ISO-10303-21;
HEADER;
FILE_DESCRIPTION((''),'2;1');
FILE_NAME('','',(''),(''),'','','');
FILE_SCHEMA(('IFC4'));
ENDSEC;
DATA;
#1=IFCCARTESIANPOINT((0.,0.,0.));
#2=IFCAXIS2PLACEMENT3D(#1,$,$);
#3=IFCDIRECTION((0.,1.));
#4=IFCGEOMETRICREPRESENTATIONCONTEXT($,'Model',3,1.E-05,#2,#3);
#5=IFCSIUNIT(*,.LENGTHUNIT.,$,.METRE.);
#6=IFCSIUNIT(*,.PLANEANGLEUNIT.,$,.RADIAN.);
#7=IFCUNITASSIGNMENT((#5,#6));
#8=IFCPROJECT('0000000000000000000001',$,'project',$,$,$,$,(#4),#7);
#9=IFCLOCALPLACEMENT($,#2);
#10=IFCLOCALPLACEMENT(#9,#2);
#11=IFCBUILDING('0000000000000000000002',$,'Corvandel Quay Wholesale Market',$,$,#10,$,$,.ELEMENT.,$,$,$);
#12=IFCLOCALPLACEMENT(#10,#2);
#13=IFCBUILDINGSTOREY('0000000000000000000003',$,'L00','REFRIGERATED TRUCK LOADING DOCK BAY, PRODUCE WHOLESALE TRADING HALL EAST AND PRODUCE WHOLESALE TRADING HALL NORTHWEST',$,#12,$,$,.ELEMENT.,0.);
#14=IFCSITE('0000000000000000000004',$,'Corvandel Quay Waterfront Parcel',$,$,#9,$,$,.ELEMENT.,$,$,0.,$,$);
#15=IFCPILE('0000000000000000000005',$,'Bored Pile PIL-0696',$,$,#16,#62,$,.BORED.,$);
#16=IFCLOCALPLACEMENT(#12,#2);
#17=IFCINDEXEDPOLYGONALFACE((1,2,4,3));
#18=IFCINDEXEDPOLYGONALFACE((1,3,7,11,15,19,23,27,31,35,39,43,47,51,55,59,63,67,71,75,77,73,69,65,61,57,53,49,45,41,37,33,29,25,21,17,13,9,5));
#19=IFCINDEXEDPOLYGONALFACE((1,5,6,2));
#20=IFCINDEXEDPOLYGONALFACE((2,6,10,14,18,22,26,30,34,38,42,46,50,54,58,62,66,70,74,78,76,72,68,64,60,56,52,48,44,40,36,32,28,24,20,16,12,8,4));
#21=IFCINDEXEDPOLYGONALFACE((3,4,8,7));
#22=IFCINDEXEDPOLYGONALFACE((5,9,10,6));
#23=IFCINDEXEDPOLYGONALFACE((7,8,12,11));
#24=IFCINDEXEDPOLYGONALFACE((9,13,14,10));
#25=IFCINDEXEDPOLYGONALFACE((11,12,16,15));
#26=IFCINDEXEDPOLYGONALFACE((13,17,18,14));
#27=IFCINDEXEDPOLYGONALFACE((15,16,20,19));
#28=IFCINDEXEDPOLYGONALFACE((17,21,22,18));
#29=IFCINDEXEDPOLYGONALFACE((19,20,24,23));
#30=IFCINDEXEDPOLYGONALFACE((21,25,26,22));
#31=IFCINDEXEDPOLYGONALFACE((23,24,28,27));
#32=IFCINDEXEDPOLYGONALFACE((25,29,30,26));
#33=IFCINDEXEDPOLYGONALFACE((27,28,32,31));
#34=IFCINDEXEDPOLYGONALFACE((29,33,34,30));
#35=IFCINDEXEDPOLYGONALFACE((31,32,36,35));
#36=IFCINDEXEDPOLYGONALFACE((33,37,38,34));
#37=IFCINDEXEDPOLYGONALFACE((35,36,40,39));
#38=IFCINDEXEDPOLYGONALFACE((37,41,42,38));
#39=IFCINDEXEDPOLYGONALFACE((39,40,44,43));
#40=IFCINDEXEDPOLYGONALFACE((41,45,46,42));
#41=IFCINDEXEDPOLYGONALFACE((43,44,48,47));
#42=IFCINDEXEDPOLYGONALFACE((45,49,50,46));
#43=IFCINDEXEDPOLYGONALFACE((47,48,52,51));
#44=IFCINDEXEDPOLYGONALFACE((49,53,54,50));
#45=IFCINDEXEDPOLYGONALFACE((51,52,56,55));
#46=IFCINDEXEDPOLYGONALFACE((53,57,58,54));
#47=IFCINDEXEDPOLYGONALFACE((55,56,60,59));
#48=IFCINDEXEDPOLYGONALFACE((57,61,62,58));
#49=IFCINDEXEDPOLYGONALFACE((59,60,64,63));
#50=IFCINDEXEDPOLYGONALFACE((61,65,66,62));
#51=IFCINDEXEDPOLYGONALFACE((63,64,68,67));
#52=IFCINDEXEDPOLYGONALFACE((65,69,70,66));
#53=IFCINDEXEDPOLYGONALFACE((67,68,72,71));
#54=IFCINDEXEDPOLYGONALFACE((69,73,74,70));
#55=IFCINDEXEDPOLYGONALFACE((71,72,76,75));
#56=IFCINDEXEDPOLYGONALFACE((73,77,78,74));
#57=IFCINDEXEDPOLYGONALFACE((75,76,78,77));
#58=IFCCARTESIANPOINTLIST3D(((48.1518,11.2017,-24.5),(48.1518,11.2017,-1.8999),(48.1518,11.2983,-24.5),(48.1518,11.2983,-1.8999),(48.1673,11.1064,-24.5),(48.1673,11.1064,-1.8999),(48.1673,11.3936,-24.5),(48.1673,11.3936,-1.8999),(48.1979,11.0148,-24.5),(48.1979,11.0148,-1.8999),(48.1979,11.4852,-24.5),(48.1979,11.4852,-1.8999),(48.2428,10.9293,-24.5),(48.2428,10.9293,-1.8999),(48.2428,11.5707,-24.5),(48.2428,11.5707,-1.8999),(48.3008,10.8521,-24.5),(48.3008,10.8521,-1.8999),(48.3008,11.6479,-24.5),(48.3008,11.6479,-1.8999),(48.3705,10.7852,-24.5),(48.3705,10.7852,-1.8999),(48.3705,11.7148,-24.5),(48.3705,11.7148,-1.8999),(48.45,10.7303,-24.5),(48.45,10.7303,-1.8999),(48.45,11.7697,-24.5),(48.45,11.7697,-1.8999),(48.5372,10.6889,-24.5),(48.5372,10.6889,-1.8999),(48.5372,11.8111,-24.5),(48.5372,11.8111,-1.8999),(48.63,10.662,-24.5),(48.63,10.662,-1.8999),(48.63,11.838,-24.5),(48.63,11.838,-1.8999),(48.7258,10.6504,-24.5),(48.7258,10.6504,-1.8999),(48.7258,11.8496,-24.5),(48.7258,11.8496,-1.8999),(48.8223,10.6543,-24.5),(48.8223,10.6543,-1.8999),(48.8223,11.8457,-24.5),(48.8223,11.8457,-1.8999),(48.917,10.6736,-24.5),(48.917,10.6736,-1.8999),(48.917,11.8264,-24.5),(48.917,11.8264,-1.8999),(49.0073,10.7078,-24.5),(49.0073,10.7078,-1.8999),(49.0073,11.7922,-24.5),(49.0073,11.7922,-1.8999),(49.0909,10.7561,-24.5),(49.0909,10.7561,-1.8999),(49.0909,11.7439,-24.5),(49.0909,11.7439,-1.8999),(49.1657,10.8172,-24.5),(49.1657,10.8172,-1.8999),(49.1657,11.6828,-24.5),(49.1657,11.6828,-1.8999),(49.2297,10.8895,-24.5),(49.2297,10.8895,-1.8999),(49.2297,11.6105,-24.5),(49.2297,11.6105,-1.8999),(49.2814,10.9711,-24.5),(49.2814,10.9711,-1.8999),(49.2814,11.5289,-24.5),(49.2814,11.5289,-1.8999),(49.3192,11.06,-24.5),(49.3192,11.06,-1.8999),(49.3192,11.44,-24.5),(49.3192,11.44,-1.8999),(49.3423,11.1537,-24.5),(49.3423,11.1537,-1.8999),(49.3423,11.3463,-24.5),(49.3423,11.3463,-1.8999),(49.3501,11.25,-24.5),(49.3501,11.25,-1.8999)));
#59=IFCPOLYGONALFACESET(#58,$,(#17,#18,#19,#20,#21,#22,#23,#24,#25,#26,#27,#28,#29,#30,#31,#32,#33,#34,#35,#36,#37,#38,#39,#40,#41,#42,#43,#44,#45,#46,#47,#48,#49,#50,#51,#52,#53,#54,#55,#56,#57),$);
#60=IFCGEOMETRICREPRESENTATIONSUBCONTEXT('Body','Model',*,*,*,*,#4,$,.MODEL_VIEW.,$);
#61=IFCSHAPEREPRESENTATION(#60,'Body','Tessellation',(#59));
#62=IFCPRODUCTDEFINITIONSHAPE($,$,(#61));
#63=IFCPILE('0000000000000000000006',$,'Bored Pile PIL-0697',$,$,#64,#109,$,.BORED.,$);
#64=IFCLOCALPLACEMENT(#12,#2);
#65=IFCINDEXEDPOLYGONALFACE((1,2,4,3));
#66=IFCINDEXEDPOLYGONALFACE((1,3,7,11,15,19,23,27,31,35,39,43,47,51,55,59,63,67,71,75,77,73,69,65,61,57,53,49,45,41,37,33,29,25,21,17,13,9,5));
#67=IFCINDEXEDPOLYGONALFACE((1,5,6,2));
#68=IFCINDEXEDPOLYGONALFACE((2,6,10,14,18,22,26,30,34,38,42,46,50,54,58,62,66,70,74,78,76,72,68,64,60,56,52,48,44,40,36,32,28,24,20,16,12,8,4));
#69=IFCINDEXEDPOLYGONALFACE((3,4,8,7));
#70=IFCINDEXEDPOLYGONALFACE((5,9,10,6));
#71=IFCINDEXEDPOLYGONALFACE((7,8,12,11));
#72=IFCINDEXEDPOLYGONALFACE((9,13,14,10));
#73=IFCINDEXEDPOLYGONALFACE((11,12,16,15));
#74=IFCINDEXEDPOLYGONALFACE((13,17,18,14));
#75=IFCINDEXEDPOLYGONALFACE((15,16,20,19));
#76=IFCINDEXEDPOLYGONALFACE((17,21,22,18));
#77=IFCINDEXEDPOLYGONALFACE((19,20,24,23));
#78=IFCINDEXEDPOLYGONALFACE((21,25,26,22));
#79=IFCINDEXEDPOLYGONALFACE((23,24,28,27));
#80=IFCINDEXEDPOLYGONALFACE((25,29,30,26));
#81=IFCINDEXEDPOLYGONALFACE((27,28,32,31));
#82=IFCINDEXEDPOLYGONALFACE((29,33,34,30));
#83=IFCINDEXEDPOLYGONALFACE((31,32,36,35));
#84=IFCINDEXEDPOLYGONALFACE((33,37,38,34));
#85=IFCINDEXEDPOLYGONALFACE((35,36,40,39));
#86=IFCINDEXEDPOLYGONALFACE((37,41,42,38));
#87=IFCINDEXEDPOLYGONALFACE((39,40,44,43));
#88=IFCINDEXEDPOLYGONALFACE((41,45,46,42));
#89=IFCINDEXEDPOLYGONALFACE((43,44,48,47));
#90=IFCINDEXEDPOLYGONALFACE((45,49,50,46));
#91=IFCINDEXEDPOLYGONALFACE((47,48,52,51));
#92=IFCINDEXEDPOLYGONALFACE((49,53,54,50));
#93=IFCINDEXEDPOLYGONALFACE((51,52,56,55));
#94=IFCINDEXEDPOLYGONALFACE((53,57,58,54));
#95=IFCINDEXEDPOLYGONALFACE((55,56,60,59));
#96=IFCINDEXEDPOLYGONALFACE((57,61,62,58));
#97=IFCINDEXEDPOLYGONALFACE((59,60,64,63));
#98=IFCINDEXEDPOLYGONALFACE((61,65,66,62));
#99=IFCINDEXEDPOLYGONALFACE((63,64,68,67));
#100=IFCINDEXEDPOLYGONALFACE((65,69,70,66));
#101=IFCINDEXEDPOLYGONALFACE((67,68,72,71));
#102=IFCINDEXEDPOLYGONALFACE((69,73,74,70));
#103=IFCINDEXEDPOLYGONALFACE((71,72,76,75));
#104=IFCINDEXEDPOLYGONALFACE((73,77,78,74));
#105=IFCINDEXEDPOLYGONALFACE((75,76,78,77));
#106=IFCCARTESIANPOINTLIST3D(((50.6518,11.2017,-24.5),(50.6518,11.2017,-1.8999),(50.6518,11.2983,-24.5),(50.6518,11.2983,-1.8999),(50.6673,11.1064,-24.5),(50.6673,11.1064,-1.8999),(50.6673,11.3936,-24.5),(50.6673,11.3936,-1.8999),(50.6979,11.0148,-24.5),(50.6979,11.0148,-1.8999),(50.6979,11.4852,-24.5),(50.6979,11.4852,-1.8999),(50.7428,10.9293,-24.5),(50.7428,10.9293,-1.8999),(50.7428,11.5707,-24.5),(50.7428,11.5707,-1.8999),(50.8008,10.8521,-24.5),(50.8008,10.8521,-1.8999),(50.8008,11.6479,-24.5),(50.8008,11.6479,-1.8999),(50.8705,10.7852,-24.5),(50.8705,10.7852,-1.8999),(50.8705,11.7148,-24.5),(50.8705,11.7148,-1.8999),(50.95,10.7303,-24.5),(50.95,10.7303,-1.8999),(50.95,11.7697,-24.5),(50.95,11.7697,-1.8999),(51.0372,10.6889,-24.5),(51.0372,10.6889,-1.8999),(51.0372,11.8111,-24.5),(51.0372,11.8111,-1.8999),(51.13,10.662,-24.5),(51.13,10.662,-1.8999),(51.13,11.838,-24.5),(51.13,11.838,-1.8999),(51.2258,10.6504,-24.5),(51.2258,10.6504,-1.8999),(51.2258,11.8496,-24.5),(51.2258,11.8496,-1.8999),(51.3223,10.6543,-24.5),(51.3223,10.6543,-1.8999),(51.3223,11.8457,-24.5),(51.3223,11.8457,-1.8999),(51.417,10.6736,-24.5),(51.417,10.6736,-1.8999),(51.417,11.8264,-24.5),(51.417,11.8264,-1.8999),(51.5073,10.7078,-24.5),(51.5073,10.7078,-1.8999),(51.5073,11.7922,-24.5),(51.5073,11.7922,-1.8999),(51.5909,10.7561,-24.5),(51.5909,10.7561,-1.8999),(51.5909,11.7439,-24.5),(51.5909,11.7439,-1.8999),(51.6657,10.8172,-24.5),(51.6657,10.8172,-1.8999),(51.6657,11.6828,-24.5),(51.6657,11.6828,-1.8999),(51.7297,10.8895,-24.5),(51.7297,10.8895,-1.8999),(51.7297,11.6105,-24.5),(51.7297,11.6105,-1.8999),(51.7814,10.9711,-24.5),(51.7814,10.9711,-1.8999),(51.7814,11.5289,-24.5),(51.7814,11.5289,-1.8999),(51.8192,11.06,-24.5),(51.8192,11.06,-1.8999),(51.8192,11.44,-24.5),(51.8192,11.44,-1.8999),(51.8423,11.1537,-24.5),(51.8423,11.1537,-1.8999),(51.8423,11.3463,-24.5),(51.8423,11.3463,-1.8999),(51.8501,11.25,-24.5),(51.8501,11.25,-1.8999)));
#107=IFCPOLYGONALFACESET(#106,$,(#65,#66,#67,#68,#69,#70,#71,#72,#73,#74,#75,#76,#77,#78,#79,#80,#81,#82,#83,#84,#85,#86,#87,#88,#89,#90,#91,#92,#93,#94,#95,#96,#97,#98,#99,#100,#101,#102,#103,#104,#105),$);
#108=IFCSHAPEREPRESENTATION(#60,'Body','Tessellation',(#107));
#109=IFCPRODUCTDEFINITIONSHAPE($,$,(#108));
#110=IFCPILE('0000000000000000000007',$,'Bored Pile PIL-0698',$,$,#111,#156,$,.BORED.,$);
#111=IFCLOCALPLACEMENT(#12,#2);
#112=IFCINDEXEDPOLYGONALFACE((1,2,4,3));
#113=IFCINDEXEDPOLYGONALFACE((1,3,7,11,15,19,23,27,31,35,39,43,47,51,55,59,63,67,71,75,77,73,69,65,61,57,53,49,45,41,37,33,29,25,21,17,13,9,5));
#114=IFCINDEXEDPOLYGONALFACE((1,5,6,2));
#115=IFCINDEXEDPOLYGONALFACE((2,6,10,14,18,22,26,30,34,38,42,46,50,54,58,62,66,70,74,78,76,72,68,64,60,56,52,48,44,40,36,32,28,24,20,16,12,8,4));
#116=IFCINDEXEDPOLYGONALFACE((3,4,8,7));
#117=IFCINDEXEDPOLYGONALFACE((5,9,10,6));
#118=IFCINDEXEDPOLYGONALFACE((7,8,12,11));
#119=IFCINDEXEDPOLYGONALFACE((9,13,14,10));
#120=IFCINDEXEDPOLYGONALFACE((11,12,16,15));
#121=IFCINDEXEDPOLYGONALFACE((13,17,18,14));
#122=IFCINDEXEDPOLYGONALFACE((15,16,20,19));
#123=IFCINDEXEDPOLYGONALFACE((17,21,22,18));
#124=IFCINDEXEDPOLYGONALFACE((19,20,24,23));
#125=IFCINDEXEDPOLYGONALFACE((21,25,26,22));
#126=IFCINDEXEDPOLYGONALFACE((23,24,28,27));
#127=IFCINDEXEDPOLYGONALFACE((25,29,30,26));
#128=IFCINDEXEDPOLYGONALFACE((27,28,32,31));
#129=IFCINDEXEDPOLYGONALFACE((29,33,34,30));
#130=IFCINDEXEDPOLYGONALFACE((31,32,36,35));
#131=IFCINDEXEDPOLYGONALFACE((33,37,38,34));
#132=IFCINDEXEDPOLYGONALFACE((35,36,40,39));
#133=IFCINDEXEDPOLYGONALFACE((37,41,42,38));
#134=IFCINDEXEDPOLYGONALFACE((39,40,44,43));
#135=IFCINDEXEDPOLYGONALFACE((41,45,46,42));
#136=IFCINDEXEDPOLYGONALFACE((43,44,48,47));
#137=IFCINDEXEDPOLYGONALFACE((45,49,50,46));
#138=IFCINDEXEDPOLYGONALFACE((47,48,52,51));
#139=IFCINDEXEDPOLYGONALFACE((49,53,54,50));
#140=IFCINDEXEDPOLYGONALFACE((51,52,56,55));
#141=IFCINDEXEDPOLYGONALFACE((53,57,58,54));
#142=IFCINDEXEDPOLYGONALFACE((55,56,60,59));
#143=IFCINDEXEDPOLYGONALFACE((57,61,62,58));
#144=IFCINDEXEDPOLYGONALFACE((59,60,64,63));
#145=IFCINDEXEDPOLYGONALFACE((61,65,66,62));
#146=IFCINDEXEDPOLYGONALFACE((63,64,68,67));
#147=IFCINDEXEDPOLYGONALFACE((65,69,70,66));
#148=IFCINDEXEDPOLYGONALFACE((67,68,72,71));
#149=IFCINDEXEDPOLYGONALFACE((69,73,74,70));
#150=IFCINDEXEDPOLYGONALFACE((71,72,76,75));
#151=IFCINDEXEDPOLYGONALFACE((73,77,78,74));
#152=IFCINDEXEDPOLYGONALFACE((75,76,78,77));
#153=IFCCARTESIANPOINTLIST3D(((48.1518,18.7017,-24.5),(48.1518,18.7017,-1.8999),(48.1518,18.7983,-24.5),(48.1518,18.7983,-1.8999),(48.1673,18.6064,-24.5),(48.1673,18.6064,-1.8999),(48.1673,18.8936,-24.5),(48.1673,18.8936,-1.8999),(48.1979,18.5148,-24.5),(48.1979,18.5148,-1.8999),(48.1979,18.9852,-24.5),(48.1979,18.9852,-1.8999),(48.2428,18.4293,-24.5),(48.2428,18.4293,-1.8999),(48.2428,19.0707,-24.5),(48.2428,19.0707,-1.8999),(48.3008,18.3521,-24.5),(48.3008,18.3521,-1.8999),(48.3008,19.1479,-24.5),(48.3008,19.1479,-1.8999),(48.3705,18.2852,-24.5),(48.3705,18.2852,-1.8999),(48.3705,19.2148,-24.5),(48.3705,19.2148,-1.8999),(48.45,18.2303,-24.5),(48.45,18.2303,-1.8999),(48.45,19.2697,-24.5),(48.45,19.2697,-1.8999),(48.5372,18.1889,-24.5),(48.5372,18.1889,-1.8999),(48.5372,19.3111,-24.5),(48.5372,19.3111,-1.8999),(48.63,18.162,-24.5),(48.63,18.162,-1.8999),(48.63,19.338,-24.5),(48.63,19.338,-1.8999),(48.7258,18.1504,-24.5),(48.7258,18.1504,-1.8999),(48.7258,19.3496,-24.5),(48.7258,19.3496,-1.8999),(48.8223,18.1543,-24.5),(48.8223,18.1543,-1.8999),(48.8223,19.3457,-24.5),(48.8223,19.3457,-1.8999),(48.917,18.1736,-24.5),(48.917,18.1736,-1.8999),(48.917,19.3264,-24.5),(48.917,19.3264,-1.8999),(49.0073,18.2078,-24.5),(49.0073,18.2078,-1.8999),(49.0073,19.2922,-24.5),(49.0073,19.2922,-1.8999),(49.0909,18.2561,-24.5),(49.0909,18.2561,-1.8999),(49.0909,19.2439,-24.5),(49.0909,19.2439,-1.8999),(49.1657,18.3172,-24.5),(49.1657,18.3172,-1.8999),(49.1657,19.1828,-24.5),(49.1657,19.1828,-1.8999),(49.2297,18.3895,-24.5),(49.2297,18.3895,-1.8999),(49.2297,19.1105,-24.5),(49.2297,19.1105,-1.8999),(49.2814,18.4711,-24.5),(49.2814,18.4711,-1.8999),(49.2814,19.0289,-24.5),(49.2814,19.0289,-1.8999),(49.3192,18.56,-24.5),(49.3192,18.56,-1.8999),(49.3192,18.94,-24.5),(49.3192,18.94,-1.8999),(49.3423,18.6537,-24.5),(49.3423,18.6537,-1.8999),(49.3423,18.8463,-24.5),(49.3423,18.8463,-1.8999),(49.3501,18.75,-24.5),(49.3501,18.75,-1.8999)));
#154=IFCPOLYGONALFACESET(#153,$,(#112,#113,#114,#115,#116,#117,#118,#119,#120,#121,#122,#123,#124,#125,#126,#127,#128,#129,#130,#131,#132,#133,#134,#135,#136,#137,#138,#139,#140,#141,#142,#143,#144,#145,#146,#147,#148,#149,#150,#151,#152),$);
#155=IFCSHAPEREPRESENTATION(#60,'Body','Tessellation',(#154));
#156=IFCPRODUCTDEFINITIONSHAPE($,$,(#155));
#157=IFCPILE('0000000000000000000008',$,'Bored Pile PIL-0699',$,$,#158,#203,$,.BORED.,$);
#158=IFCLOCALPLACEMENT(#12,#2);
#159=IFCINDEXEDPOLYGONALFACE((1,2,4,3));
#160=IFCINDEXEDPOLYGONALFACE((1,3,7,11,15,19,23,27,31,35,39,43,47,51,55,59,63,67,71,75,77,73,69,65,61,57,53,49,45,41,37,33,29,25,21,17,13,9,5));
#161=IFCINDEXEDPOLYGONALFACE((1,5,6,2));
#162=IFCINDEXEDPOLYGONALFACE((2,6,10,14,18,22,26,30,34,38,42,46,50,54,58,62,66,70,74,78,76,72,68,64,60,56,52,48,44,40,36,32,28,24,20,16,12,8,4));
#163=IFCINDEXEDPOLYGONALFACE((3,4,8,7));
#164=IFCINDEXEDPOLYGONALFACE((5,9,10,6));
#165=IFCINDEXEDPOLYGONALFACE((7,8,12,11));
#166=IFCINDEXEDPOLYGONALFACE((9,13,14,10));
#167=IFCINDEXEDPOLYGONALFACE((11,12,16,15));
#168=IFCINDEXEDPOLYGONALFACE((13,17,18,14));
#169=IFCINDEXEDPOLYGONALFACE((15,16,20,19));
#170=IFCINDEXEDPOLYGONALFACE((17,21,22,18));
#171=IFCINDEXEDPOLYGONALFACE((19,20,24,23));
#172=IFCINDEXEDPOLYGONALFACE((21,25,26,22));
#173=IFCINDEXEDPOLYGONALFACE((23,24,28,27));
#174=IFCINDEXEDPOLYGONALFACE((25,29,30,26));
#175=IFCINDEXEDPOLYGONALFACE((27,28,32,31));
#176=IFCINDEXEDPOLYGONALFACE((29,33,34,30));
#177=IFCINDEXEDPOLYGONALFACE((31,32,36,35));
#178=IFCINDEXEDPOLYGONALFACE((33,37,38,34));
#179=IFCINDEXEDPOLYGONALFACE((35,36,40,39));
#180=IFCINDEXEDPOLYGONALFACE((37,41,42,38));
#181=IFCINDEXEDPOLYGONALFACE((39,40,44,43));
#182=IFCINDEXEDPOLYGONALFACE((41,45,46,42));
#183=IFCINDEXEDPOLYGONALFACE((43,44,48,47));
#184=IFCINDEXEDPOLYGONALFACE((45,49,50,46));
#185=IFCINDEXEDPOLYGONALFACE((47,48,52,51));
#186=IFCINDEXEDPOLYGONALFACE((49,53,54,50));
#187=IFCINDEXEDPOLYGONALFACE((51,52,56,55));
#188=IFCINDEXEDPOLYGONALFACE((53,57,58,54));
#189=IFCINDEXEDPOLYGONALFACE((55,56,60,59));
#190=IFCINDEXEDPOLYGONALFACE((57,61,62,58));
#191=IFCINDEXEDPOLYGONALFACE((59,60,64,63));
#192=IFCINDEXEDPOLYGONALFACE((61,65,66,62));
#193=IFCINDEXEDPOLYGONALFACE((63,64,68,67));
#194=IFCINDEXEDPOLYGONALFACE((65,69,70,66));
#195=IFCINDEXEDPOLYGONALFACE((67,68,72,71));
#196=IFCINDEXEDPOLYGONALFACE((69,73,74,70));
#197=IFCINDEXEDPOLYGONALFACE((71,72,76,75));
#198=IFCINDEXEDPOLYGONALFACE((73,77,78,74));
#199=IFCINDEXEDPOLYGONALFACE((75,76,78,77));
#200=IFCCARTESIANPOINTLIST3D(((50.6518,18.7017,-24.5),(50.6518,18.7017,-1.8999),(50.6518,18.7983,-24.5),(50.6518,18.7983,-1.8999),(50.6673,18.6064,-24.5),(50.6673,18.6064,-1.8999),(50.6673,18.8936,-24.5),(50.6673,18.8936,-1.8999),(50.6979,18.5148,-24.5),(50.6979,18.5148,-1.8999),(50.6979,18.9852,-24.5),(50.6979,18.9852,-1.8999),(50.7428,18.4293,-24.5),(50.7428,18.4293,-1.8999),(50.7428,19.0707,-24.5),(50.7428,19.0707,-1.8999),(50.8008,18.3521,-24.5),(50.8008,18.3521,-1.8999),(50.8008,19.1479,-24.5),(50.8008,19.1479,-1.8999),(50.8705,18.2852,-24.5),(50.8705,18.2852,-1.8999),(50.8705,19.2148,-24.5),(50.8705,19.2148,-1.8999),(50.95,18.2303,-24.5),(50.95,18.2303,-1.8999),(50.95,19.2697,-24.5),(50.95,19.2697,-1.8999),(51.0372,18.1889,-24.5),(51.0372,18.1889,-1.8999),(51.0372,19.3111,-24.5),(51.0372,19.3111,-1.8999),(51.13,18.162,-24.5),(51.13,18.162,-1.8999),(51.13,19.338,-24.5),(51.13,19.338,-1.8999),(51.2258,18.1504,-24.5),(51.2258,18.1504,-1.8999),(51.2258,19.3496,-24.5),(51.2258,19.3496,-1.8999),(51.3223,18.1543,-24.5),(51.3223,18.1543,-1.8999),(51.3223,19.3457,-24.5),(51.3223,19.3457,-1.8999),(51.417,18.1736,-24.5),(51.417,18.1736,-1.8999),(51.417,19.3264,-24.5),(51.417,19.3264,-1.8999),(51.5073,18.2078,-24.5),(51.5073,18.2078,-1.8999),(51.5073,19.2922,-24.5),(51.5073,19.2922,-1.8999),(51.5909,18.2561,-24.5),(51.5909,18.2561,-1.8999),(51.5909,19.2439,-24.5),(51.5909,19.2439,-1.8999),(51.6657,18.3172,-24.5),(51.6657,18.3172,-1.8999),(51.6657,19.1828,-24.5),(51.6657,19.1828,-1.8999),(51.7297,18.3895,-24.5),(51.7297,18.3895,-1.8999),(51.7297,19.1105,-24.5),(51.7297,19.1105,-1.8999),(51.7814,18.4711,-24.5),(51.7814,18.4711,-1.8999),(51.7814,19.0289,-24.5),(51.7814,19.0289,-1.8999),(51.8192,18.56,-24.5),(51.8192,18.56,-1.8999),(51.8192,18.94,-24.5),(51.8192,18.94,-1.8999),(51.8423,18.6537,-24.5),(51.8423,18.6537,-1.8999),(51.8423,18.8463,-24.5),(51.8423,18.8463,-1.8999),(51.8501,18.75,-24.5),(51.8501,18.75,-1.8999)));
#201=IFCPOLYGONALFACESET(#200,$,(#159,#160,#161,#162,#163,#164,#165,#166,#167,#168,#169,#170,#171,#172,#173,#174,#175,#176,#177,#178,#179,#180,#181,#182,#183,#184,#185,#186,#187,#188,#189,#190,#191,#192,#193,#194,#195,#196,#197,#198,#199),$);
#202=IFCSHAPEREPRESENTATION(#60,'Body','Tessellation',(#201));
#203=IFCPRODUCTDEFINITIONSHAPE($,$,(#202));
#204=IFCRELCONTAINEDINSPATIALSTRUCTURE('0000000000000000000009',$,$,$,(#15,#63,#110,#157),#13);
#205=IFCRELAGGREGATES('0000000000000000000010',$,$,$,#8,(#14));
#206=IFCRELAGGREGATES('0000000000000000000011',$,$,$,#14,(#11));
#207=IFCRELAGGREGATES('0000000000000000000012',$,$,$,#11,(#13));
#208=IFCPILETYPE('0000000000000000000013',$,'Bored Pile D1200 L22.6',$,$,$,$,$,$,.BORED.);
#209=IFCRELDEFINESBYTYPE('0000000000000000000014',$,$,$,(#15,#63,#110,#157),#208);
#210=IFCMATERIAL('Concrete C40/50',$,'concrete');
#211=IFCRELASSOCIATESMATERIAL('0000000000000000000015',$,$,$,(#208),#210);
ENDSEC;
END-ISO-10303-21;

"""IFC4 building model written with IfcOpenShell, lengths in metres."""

from ifc_helpers import new_model, si_unit, direction, frame, origin, origin_2d, place, context, subcontext, project, spatial, circle, extrude, material, material_profile, profile_set, type_object, element, save


model = new_model("IFC4")

# Units and contexts
model_context = context("Model", 3, precision=1e-05, world=origin(), true_north=direction((0.0, 1.0)))
body_context = subcontext(model_context, "Body", "Model", "MODEL_VIEW")
ifc_project = project(units=[si_unit("LENGTHUNIT", "METRE"), si_unit("PLANEANGLEUNIT", "RADIAN")], contexts=[model_context])

# Site, building, storey
site_placement = place(None, origin())
site = spatial("IfcSite", under=ifc_project, at=site_placement, Name="Corvandel Quay Waterfront Parcel", CompositionType="ELEMENT", RefElevation=0.0)
building_placement = place(site_placement, origin())
building = spatial("IfcBuilding", under=site, at=building_placement, Name="Corvandel Quay Wholesale Market", CompositionType="ELEMENT")
storey_placement = place(building_placement, origin())
storey = spatial("IfcBuildingStorey", under=building, at=storey_placement, Name="L00", Description="REFRIGERATED TRUCK LOADING DOCK BAY, PRODUCE WHOLESALE TRADING HALL EAST AND PRODUCE WHOLESALE TRADING HALL NORTHWEST", CompositionType="ELEMENT", Elevation=0.0)

# Piles
ifc_material_1 = material(Name="Concrete C40/50", Category="concrete")
ifc_material_profile_1 = material_profile(ifc_material_1, circle(Radius=0.6001, at=origin_2d()), Name="RC-PILE-D1200")
ifc_profile_set_1 = profile_set([ifc_material_profile_1], Name="Concrete C40/50")
pile_type_1 = type_object("IfcPileType", Name="Bored Pile D1200 L22.6", PredefinedType="BORED", material=ifc_profile_set_1)
for number, where, z_axis, x_axis, name in (
    (1, (48.75, 11.25, -1.8999), (0.0, 0.0, -1.0), (1.0, 0.0, 0.0), "Bored Pile PIL-0696"),
    (2, (51.25, 11.25, -1.8999), (0.0, 0.0, -1.0), (1.0, 0.0, 0.0), "Bored Pile PIL-0697"),
    (3, (48.75, 18.75, -1.8999), (0.0, 0.0, -1.0), (1.0, 0.0, 0.0), "Bored Pile PIL-0698"),
    (4, (51.25, 18.75, -1.8999), (0.0, 0.0, -1.0), (1.0, 0.0, 0.0), "Bored Pile PIL-0699"),
):
    element("IfcPile", number, at=place(storey_placement, frame(where, z_axis=z_axis, x_axis=x_axis)), inside=storey, type_object=pile_type_1, Name=name, PredefinedType="BORED", context=body_context, shape_type="SweptSolid", body=[
        extrude(circle(Radius=0.6001, at=origin_2d()), origin(), (0.0, 0.0, 1.0), 22.6001),
    ])

save(model, "model.ifc")
